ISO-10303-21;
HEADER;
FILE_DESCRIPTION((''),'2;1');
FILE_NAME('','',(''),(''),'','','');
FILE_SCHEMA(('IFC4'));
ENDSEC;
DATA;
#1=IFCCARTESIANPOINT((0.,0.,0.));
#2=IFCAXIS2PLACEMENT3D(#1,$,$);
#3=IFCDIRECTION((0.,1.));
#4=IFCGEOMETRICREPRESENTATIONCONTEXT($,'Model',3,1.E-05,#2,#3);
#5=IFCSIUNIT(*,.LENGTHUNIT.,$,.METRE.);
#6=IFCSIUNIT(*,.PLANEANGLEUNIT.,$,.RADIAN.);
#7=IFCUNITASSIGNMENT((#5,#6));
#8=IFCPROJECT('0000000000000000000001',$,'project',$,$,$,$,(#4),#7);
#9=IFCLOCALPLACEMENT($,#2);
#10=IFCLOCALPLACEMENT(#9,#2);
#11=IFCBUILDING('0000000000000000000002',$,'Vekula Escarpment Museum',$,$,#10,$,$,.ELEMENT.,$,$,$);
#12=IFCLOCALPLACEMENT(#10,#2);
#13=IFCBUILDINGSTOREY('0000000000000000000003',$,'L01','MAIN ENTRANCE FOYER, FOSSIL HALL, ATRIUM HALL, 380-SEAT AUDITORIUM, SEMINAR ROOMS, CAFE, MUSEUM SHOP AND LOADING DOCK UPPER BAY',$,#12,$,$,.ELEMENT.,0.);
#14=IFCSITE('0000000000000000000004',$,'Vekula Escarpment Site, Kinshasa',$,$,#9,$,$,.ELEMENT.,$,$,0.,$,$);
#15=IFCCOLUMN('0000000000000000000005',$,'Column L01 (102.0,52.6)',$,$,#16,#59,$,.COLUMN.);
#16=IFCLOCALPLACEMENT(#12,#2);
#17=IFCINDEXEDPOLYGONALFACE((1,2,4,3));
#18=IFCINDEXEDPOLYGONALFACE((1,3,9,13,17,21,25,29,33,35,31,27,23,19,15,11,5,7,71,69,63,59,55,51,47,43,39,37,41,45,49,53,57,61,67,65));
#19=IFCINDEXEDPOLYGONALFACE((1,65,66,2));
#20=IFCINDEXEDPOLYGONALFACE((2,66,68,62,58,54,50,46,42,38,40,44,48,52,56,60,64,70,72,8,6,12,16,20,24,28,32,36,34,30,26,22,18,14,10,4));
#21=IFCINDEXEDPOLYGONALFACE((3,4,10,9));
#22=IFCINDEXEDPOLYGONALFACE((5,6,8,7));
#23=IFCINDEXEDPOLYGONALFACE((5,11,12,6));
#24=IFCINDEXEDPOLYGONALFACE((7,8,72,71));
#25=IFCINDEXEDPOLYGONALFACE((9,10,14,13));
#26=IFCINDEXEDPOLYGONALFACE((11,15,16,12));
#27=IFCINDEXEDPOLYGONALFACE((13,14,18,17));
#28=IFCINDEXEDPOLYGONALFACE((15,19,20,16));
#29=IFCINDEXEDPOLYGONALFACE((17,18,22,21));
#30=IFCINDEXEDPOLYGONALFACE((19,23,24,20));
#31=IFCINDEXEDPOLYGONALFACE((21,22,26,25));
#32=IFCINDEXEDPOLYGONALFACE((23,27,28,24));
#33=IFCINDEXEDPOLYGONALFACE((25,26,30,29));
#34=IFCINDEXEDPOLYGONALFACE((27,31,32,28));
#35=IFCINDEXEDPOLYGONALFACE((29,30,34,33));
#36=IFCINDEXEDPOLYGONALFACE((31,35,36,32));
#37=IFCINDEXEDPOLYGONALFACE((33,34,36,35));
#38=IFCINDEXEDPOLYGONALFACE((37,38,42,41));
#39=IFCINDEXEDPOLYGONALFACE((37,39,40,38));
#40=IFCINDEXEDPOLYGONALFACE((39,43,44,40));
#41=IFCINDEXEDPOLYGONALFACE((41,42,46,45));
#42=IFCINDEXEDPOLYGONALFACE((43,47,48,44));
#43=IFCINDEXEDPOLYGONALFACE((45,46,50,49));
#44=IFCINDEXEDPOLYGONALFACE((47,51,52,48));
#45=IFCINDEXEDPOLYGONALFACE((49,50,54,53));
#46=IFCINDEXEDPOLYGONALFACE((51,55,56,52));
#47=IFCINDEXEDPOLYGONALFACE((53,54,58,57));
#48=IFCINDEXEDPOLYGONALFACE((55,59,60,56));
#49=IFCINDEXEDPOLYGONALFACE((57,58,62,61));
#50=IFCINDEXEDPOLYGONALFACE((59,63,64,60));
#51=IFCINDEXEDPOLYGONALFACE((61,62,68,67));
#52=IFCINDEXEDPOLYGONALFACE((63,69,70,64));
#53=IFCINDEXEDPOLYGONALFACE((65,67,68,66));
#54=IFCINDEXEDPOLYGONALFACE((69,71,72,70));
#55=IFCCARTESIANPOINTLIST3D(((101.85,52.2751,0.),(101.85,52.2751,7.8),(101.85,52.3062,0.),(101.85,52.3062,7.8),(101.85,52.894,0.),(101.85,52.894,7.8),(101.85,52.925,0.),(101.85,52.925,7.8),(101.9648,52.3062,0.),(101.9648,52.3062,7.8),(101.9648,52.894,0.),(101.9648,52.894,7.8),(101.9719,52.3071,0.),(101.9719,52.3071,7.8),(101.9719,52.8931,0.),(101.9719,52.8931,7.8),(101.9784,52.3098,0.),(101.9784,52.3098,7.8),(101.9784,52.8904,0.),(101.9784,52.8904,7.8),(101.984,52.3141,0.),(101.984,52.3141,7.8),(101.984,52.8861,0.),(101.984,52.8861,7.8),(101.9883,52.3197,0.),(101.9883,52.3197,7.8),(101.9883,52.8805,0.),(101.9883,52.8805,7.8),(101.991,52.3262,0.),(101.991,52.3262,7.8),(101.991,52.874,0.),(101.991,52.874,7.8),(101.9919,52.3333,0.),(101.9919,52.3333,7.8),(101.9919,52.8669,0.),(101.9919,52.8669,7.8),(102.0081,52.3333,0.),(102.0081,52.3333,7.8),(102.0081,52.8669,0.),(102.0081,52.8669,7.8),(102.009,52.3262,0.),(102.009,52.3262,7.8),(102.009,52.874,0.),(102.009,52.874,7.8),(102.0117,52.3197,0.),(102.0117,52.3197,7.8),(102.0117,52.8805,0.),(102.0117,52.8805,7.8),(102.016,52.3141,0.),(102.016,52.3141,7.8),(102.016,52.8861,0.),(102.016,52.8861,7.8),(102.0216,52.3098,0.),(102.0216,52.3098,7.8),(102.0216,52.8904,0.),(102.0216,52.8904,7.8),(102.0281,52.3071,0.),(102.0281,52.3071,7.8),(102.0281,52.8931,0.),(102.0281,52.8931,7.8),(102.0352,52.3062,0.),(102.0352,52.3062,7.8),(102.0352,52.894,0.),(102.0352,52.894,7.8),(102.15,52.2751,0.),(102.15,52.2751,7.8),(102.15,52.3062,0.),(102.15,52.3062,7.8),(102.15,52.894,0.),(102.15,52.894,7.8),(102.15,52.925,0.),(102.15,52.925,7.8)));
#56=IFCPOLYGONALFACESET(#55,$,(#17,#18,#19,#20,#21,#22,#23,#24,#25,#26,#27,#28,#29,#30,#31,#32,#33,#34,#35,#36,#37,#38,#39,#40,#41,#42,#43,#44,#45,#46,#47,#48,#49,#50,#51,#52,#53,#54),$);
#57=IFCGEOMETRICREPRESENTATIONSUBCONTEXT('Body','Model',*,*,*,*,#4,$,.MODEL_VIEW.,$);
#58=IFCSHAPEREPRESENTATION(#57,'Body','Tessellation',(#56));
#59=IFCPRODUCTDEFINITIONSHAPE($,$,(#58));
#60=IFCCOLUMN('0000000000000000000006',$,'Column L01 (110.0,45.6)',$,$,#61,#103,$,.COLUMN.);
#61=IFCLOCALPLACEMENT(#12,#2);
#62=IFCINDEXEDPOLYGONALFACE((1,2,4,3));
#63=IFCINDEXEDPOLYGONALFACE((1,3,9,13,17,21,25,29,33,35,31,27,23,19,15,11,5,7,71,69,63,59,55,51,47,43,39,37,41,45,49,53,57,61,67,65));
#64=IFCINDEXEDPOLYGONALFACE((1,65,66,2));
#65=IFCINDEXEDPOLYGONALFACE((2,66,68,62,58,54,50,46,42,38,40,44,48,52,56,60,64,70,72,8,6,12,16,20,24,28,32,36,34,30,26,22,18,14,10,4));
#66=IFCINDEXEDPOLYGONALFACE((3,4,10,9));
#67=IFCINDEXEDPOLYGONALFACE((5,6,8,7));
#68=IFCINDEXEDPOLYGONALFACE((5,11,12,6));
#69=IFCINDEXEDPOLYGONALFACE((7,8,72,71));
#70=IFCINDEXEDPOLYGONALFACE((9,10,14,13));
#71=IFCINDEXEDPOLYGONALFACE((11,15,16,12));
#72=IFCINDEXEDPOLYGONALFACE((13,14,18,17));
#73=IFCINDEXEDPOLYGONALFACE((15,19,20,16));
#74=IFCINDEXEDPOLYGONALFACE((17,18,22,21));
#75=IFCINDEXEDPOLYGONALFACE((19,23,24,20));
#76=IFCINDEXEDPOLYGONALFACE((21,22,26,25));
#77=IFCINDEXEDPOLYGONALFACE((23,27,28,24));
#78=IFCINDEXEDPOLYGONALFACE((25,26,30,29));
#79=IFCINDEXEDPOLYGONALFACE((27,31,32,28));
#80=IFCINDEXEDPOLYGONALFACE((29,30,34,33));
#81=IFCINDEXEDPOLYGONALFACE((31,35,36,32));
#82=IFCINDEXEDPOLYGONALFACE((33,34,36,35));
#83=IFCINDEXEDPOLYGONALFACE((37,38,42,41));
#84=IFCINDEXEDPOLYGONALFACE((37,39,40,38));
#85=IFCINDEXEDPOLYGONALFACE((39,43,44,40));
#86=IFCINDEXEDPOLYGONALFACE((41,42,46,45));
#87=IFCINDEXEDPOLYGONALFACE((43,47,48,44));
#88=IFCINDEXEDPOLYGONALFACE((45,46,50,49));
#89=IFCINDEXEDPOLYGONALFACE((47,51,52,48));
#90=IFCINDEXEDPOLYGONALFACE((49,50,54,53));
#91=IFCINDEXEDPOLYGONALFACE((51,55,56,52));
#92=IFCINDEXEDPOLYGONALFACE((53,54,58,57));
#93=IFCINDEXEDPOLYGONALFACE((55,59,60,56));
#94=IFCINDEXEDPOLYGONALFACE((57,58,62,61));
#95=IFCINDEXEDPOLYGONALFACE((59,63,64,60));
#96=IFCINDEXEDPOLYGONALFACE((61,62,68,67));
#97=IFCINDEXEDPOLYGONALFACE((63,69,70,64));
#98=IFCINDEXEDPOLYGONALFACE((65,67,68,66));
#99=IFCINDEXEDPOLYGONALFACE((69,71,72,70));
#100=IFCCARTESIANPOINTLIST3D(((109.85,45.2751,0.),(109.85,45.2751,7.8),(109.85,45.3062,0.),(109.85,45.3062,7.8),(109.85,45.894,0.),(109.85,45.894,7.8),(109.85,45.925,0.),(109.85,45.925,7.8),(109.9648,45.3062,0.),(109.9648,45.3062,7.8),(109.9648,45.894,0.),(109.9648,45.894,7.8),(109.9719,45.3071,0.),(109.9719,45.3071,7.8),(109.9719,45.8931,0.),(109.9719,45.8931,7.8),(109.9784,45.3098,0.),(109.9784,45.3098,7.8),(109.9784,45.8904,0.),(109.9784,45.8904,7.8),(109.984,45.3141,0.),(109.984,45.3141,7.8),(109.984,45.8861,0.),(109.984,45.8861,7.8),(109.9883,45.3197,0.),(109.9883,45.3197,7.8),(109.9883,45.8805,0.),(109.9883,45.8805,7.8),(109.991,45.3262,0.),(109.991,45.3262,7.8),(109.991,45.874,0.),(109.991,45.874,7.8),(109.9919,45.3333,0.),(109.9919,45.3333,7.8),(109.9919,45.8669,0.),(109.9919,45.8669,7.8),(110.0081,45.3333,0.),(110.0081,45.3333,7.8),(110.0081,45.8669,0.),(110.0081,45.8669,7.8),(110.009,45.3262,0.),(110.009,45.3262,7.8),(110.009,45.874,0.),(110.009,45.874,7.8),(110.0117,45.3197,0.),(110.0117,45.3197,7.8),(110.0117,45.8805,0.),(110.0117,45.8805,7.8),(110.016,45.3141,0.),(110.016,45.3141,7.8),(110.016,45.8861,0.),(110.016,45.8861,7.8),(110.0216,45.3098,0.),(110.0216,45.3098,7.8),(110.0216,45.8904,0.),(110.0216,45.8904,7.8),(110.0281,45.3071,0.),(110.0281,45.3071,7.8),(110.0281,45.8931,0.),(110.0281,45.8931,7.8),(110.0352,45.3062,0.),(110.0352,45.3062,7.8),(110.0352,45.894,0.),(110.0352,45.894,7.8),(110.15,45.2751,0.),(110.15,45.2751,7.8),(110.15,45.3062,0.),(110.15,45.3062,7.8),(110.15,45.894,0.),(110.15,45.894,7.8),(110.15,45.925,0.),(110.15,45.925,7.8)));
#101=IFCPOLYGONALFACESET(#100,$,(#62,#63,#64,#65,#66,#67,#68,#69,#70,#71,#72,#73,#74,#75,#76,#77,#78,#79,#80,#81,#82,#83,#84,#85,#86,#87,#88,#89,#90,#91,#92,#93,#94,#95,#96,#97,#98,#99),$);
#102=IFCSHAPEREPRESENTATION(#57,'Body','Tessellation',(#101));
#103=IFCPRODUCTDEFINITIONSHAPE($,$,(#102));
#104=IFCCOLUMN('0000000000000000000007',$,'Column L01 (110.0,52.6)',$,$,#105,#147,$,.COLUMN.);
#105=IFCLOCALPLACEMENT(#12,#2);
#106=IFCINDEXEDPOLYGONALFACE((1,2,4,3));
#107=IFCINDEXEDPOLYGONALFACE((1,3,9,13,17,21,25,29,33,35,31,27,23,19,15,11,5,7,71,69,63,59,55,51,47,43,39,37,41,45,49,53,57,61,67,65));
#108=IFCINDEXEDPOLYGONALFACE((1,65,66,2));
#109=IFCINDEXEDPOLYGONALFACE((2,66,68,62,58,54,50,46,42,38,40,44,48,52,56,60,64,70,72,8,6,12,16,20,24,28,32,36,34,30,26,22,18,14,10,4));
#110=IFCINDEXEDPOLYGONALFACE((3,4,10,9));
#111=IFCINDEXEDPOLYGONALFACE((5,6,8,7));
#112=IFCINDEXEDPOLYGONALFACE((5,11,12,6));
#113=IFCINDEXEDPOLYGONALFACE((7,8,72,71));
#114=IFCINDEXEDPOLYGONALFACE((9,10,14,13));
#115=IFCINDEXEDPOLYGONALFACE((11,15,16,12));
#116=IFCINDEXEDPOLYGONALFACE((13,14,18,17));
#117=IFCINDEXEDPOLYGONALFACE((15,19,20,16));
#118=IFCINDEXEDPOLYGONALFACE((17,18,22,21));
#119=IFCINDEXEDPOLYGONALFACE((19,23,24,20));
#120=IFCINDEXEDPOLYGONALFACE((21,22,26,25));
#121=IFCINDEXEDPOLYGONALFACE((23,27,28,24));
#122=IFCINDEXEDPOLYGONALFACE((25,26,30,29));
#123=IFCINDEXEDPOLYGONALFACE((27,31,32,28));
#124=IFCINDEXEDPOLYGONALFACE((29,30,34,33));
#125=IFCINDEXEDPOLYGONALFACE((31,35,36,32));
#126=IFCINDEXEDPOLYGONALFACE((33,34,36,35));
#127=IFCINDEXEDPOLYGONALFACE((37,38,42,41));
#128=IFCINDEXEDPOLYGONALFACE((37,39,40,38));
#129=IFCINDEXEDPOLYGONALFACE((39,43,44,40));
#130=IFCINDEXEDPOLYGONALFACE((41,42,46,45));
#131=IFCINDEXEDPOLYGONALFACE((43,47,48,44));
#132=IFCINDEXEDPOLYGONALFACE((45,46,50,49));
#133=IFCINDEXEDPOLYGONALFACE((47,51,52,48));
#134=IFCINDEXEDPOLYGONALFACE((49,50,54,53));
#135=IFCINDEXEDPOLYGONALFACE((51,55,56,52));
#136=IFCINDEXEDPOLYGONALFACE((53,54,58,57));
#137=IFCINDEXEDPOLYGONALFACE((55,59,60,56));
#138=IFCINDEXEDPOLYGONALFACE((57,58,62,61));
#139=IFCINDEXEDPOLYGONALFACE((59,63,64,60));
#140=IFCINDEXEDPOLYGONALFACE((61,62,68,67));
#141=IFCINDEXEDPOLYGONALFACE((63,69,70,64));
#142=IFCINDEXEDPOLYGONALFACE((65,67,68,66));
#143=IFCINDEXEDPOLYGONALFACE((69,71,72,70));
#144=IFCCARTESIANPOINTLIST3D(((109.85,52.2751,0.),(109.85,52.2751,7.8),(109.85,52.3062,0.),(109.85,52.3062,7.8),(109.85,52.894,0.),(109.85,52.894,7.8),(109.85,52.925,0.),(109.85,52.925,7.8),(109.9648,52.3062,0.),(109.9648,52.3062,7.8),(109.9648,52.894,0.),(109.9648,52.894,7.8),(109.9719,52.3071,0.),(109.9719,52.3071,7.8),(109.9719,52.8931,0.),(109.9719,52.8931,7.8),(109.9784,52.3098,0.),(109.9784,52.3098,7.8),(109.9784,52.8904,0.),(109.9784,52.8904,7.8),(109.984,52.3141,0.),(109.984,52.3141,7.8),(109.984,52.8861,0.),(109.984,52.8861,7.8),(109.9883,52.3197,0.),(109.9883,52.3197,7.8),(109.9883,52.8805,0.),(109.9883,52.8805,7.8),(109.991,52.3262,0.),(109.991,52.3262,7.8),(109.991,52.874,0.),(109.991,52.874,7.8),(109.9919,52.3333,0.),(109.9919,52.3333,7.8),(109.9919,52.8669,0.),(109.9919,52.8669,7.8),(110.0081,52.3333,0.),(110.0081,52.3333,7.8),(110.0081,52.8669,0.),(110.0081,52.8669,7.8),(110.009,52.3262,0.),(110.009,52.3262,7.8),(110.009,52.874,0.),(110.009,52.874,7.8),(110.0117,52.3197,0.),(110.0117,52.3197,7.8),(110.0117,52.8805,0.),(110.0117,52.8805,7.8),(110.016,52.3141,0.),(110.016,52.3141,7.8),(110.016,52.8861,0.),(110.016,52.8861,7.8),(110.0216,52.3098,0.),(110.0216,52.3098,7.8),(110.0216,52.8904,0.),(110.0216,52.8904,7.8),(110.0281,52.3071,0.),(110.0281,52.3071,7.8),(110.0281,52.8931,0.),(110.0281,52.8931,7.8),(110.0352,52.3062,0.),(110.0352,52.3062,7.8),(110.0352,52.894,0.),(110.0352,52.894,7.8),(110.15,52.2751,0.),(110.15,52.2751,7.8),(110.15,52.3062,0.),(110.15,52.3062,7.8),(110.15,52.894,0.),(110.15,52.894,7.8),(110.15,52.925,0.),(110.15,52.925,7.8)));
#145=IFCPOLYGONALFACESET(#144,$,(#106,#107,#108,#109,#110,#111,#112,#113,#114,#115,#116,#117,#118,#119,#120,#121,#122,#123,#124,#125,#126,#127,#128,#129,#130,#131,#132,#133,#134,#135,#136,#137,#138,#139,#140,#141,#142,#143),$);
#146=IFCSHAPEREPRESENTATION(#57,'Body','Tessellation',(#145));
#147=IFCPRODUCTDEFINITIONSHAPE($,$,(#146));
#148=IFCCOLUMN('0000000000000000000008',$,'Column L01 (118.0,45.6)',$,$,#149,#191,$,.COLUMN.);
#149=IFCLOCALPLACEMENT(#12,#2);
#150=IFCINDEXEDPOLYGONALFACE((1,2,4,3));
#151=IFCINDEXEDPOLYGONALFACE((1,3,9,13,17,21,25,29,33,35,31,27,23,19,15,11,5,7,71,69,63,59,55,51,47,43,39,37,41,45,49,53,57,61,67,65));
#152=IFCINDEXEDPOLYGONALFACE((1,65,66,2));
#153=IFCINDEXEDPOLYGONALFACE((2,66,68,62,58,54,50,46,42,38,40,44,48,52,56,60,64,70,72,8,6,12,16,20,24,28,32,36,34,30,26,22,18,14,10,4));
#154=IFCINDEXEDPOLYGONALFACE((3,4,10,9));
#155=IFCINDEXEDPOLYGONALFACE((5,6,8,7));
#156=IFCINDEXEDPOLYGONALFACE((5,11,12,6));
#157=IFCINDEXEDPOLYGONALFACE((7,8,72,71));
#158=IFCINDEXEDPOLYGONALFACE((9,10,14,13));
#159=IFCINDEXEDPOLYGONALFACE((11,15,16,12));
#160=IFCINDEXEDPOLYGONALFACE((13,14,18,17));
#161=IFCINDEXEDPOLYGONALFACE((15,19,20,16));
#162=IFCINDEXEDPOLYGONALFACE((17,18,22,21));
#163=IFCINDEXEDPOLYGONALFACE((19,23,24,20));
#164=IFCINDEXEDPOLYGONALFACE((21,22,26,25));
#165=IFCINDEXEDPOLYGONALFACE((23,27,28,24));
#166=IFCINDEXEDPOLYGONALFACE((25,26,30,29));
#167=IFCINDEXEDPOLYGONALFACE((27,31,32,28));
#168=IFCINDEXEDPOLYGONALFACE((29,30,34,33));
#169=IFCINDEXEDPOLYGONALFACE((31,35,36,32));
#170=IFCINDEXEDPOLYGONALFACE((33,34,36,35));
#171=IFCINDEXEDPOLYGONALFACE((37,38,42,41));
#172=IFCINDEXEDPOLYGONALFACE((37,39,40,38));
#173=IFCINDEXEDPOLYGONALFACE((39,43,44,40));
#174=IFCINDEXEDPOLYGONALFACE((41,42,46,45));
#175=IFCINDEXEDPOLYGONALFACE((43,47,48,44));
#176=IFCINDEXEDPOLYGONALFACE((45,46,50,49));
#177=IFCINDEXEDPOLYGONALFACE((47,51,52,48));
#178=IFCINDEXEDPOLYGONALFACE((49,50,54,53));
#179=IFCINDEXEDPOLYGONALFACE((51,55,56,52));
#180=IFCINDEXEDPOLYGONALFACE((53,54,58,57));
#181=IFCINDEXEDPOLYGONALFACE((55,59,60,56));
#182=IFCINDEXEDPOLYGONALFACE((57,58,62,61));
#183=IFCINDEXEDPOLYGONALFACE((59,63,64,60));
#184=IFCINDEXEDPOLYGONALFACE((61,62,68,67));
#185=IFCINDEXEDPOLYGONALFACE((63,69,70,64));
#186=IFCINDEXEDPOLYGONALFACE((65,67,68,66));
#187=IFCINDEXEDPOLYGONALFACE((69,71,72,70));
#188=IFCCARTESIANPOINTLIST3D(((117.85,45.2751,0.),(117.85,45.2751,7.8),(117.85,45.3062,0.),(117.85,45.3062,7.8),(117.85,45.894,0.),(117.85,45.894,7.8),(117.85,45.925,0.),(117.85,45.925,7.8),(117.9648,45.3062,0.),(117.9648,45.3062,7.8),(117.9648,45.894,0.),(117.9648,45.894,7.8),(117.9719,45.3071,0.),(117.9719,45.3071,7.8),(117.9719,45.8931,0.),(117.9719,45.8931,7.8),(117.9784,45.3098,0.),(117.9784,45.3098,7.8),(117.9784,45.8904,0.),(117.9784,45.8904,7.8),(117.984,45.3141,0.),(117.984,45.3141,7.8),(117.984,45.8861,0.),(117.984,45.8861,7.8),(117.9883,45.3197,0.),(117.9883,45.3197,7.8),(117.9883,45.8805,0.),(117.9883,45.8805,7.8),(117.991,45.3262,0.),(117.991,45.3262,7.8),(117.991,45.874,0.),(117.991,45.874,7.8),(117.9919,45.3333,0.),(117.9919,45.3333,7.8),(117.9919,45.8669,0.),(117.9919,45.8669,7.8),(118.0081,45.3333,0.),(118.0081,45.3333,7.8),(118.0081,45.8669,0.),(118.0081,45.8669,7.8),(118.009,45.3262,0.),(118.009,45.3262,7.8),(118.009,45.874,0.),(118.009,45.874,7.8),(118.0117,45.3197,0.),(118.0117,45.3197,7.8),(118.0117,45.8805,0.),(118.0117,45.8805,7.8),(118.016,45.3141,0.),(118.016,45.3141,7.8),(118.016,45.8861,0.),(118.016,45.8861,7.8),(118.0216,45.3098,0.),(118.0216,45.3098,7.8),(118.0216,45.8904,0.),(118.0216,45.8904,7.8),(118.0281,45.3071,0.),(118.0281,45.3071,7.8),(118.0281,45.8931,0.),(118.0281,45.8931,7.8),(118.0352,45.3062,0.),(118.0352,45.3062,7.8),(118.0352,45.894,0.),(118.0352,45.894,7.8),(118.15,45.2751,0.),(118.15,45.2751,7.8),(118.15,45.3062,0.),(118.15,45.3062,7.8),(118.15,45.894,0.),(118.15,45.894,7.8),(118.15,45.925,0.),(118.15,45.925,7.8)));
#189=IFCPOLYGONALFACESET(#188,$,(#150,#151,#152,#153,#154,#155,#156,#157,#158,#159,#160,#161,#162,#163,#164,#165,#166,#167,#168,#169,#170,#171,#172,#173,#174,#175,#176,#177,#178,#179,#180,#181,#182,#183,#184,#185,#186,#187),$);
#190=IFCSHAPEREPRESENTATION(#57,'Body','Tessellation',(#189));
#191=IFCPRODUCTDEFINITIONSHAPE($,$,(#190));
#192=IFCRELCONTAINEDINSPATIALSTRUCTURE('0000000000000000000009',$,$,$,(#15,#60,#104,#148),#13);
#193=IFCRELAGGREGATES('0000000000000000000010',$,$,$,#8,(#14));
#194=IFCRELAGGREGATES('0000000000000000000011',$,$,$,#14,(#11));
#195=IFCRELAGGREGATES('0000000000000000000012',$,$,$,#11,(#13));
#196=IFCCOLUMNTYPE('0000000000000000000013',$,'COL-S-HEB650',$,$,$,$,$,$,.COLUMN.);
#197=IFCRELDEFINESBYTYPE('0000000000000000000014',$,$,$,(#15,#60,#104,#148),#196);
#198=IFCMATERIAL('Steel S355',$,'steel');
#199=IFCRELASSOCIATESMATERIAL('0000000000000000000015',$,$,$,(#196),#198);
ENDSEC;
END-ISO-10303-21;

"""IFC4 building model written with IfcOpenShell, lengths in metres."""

from ifc_helpers import new_model, si_unit, direction, frame, origin, origin_2d, place, context, subcontext, project, spatial, i_section, extrude, material, material_profile, profile_set, type_object, element, save


model = new_model("IFC4")

# Units and contexts
model_context = context("Model", 3, precision=1e-05, world=origin(), true_north=direction((0.0, 1.0)))
body_context = subcontext(model_context, "Body", "Model", "MODEL_VIEW")
ifc_project = project(units=[si_unit("LENGTHUNIT", "METRE"), si_unit("PLANEANGLEUNIT", "RADIAN")], contexts=[model_context])

# Site, building, storey
site_placement = place(None, origin())
site = spatial("IfcSite", under=ifc_project, at=site_placement, Name="Vekula Escarpment Site, Kinshasa", CompositionType="ELEMENT", RefElevation=0.0)
building_placement = place(site_placement, origin())
building = spatial("IfcBuilding", under=site, at=building_placement, Name="Vekula Escarpment Museum", CompositionType="ELEMENT")
storey_placement = place(building_placement, origin())
storey = spatial("IfcBuildingStorey", under=building, at=storey_placement, Name="L01", Description="MAIN ENTRANCE FOYER, FOSSIL HALL, ATRIUM HALL, 380-SEAT AUDITORIUM, SEMINAR ROOMS, CAFE, MUSEUM SHOP AND LOADING DOCK UPPER BAY", CompositionType="ELEMENT", Elevation=0.0)

# Columns
ifc_material_1 = material(Name="Steel S355", Category="steel")
ifc_material_profile_1 = material_profile(ifc_material_1, i_section(OverallWidth=0.3, OverallDepth=0.6499, WebThickness=0.0161, FlangeThickness=0.031, FilletRadius=0.0271, at=origin_2d()), Name="HEB 650")
ifc_profile_set_1 = profile_set([ifc_material_profile_1], Name="Steel S355")
column_type = type_object("IfcColumnType", Name="COL-S-HEB650", PredefinedType="COLUMN", material=ifc_profile_set_1)
for number, where, z_axis, x_axis, name in (
    (1, (102.0, 52.6001, 0.0), (0.0, 0.0, 1.0), (1.0, 0.0, 0.0), "Column L01 (102.0,52.6)"),
    (2, (110.0, 45.6001, 0.0), (0.0, 0.0, 1.0), (1.0, 0.0, 0.0), "Column L01 (110.0,45.6)"),
    (3, (110.0, 52.6001, 0.0), (0.0, 0.0, 1.0), (1.0, 0.0, 0.0), "Column L01 (110.0,52.6)"),
    (4, (118.0, 45.6001, 0.0), (0.0, 0.0, 1.0), (1.0, 0.0, 0.0), "Column L01 (118.0,45.6)"),
):
    element("IfcColumn", number, at=place(storey_placement, frame(where, z_axis=z_axis, x_axis=x_axis)), inside=storey, type_object=column_type, Name=name, PredefinedType="COLUMN", context=body_context, shape_type="SweptSolid", body=[
        extrude(i_section(OverallWidth=0.3, OverallDepth=0.6499, WebThickness=0.0161, FlangeThickness=0.031, FilletRadius=0.0271, at=origin_2d()), origin(), (0.0, 0.0, 1.0), 7.8),
    ])

save(model, "model.ifc")
